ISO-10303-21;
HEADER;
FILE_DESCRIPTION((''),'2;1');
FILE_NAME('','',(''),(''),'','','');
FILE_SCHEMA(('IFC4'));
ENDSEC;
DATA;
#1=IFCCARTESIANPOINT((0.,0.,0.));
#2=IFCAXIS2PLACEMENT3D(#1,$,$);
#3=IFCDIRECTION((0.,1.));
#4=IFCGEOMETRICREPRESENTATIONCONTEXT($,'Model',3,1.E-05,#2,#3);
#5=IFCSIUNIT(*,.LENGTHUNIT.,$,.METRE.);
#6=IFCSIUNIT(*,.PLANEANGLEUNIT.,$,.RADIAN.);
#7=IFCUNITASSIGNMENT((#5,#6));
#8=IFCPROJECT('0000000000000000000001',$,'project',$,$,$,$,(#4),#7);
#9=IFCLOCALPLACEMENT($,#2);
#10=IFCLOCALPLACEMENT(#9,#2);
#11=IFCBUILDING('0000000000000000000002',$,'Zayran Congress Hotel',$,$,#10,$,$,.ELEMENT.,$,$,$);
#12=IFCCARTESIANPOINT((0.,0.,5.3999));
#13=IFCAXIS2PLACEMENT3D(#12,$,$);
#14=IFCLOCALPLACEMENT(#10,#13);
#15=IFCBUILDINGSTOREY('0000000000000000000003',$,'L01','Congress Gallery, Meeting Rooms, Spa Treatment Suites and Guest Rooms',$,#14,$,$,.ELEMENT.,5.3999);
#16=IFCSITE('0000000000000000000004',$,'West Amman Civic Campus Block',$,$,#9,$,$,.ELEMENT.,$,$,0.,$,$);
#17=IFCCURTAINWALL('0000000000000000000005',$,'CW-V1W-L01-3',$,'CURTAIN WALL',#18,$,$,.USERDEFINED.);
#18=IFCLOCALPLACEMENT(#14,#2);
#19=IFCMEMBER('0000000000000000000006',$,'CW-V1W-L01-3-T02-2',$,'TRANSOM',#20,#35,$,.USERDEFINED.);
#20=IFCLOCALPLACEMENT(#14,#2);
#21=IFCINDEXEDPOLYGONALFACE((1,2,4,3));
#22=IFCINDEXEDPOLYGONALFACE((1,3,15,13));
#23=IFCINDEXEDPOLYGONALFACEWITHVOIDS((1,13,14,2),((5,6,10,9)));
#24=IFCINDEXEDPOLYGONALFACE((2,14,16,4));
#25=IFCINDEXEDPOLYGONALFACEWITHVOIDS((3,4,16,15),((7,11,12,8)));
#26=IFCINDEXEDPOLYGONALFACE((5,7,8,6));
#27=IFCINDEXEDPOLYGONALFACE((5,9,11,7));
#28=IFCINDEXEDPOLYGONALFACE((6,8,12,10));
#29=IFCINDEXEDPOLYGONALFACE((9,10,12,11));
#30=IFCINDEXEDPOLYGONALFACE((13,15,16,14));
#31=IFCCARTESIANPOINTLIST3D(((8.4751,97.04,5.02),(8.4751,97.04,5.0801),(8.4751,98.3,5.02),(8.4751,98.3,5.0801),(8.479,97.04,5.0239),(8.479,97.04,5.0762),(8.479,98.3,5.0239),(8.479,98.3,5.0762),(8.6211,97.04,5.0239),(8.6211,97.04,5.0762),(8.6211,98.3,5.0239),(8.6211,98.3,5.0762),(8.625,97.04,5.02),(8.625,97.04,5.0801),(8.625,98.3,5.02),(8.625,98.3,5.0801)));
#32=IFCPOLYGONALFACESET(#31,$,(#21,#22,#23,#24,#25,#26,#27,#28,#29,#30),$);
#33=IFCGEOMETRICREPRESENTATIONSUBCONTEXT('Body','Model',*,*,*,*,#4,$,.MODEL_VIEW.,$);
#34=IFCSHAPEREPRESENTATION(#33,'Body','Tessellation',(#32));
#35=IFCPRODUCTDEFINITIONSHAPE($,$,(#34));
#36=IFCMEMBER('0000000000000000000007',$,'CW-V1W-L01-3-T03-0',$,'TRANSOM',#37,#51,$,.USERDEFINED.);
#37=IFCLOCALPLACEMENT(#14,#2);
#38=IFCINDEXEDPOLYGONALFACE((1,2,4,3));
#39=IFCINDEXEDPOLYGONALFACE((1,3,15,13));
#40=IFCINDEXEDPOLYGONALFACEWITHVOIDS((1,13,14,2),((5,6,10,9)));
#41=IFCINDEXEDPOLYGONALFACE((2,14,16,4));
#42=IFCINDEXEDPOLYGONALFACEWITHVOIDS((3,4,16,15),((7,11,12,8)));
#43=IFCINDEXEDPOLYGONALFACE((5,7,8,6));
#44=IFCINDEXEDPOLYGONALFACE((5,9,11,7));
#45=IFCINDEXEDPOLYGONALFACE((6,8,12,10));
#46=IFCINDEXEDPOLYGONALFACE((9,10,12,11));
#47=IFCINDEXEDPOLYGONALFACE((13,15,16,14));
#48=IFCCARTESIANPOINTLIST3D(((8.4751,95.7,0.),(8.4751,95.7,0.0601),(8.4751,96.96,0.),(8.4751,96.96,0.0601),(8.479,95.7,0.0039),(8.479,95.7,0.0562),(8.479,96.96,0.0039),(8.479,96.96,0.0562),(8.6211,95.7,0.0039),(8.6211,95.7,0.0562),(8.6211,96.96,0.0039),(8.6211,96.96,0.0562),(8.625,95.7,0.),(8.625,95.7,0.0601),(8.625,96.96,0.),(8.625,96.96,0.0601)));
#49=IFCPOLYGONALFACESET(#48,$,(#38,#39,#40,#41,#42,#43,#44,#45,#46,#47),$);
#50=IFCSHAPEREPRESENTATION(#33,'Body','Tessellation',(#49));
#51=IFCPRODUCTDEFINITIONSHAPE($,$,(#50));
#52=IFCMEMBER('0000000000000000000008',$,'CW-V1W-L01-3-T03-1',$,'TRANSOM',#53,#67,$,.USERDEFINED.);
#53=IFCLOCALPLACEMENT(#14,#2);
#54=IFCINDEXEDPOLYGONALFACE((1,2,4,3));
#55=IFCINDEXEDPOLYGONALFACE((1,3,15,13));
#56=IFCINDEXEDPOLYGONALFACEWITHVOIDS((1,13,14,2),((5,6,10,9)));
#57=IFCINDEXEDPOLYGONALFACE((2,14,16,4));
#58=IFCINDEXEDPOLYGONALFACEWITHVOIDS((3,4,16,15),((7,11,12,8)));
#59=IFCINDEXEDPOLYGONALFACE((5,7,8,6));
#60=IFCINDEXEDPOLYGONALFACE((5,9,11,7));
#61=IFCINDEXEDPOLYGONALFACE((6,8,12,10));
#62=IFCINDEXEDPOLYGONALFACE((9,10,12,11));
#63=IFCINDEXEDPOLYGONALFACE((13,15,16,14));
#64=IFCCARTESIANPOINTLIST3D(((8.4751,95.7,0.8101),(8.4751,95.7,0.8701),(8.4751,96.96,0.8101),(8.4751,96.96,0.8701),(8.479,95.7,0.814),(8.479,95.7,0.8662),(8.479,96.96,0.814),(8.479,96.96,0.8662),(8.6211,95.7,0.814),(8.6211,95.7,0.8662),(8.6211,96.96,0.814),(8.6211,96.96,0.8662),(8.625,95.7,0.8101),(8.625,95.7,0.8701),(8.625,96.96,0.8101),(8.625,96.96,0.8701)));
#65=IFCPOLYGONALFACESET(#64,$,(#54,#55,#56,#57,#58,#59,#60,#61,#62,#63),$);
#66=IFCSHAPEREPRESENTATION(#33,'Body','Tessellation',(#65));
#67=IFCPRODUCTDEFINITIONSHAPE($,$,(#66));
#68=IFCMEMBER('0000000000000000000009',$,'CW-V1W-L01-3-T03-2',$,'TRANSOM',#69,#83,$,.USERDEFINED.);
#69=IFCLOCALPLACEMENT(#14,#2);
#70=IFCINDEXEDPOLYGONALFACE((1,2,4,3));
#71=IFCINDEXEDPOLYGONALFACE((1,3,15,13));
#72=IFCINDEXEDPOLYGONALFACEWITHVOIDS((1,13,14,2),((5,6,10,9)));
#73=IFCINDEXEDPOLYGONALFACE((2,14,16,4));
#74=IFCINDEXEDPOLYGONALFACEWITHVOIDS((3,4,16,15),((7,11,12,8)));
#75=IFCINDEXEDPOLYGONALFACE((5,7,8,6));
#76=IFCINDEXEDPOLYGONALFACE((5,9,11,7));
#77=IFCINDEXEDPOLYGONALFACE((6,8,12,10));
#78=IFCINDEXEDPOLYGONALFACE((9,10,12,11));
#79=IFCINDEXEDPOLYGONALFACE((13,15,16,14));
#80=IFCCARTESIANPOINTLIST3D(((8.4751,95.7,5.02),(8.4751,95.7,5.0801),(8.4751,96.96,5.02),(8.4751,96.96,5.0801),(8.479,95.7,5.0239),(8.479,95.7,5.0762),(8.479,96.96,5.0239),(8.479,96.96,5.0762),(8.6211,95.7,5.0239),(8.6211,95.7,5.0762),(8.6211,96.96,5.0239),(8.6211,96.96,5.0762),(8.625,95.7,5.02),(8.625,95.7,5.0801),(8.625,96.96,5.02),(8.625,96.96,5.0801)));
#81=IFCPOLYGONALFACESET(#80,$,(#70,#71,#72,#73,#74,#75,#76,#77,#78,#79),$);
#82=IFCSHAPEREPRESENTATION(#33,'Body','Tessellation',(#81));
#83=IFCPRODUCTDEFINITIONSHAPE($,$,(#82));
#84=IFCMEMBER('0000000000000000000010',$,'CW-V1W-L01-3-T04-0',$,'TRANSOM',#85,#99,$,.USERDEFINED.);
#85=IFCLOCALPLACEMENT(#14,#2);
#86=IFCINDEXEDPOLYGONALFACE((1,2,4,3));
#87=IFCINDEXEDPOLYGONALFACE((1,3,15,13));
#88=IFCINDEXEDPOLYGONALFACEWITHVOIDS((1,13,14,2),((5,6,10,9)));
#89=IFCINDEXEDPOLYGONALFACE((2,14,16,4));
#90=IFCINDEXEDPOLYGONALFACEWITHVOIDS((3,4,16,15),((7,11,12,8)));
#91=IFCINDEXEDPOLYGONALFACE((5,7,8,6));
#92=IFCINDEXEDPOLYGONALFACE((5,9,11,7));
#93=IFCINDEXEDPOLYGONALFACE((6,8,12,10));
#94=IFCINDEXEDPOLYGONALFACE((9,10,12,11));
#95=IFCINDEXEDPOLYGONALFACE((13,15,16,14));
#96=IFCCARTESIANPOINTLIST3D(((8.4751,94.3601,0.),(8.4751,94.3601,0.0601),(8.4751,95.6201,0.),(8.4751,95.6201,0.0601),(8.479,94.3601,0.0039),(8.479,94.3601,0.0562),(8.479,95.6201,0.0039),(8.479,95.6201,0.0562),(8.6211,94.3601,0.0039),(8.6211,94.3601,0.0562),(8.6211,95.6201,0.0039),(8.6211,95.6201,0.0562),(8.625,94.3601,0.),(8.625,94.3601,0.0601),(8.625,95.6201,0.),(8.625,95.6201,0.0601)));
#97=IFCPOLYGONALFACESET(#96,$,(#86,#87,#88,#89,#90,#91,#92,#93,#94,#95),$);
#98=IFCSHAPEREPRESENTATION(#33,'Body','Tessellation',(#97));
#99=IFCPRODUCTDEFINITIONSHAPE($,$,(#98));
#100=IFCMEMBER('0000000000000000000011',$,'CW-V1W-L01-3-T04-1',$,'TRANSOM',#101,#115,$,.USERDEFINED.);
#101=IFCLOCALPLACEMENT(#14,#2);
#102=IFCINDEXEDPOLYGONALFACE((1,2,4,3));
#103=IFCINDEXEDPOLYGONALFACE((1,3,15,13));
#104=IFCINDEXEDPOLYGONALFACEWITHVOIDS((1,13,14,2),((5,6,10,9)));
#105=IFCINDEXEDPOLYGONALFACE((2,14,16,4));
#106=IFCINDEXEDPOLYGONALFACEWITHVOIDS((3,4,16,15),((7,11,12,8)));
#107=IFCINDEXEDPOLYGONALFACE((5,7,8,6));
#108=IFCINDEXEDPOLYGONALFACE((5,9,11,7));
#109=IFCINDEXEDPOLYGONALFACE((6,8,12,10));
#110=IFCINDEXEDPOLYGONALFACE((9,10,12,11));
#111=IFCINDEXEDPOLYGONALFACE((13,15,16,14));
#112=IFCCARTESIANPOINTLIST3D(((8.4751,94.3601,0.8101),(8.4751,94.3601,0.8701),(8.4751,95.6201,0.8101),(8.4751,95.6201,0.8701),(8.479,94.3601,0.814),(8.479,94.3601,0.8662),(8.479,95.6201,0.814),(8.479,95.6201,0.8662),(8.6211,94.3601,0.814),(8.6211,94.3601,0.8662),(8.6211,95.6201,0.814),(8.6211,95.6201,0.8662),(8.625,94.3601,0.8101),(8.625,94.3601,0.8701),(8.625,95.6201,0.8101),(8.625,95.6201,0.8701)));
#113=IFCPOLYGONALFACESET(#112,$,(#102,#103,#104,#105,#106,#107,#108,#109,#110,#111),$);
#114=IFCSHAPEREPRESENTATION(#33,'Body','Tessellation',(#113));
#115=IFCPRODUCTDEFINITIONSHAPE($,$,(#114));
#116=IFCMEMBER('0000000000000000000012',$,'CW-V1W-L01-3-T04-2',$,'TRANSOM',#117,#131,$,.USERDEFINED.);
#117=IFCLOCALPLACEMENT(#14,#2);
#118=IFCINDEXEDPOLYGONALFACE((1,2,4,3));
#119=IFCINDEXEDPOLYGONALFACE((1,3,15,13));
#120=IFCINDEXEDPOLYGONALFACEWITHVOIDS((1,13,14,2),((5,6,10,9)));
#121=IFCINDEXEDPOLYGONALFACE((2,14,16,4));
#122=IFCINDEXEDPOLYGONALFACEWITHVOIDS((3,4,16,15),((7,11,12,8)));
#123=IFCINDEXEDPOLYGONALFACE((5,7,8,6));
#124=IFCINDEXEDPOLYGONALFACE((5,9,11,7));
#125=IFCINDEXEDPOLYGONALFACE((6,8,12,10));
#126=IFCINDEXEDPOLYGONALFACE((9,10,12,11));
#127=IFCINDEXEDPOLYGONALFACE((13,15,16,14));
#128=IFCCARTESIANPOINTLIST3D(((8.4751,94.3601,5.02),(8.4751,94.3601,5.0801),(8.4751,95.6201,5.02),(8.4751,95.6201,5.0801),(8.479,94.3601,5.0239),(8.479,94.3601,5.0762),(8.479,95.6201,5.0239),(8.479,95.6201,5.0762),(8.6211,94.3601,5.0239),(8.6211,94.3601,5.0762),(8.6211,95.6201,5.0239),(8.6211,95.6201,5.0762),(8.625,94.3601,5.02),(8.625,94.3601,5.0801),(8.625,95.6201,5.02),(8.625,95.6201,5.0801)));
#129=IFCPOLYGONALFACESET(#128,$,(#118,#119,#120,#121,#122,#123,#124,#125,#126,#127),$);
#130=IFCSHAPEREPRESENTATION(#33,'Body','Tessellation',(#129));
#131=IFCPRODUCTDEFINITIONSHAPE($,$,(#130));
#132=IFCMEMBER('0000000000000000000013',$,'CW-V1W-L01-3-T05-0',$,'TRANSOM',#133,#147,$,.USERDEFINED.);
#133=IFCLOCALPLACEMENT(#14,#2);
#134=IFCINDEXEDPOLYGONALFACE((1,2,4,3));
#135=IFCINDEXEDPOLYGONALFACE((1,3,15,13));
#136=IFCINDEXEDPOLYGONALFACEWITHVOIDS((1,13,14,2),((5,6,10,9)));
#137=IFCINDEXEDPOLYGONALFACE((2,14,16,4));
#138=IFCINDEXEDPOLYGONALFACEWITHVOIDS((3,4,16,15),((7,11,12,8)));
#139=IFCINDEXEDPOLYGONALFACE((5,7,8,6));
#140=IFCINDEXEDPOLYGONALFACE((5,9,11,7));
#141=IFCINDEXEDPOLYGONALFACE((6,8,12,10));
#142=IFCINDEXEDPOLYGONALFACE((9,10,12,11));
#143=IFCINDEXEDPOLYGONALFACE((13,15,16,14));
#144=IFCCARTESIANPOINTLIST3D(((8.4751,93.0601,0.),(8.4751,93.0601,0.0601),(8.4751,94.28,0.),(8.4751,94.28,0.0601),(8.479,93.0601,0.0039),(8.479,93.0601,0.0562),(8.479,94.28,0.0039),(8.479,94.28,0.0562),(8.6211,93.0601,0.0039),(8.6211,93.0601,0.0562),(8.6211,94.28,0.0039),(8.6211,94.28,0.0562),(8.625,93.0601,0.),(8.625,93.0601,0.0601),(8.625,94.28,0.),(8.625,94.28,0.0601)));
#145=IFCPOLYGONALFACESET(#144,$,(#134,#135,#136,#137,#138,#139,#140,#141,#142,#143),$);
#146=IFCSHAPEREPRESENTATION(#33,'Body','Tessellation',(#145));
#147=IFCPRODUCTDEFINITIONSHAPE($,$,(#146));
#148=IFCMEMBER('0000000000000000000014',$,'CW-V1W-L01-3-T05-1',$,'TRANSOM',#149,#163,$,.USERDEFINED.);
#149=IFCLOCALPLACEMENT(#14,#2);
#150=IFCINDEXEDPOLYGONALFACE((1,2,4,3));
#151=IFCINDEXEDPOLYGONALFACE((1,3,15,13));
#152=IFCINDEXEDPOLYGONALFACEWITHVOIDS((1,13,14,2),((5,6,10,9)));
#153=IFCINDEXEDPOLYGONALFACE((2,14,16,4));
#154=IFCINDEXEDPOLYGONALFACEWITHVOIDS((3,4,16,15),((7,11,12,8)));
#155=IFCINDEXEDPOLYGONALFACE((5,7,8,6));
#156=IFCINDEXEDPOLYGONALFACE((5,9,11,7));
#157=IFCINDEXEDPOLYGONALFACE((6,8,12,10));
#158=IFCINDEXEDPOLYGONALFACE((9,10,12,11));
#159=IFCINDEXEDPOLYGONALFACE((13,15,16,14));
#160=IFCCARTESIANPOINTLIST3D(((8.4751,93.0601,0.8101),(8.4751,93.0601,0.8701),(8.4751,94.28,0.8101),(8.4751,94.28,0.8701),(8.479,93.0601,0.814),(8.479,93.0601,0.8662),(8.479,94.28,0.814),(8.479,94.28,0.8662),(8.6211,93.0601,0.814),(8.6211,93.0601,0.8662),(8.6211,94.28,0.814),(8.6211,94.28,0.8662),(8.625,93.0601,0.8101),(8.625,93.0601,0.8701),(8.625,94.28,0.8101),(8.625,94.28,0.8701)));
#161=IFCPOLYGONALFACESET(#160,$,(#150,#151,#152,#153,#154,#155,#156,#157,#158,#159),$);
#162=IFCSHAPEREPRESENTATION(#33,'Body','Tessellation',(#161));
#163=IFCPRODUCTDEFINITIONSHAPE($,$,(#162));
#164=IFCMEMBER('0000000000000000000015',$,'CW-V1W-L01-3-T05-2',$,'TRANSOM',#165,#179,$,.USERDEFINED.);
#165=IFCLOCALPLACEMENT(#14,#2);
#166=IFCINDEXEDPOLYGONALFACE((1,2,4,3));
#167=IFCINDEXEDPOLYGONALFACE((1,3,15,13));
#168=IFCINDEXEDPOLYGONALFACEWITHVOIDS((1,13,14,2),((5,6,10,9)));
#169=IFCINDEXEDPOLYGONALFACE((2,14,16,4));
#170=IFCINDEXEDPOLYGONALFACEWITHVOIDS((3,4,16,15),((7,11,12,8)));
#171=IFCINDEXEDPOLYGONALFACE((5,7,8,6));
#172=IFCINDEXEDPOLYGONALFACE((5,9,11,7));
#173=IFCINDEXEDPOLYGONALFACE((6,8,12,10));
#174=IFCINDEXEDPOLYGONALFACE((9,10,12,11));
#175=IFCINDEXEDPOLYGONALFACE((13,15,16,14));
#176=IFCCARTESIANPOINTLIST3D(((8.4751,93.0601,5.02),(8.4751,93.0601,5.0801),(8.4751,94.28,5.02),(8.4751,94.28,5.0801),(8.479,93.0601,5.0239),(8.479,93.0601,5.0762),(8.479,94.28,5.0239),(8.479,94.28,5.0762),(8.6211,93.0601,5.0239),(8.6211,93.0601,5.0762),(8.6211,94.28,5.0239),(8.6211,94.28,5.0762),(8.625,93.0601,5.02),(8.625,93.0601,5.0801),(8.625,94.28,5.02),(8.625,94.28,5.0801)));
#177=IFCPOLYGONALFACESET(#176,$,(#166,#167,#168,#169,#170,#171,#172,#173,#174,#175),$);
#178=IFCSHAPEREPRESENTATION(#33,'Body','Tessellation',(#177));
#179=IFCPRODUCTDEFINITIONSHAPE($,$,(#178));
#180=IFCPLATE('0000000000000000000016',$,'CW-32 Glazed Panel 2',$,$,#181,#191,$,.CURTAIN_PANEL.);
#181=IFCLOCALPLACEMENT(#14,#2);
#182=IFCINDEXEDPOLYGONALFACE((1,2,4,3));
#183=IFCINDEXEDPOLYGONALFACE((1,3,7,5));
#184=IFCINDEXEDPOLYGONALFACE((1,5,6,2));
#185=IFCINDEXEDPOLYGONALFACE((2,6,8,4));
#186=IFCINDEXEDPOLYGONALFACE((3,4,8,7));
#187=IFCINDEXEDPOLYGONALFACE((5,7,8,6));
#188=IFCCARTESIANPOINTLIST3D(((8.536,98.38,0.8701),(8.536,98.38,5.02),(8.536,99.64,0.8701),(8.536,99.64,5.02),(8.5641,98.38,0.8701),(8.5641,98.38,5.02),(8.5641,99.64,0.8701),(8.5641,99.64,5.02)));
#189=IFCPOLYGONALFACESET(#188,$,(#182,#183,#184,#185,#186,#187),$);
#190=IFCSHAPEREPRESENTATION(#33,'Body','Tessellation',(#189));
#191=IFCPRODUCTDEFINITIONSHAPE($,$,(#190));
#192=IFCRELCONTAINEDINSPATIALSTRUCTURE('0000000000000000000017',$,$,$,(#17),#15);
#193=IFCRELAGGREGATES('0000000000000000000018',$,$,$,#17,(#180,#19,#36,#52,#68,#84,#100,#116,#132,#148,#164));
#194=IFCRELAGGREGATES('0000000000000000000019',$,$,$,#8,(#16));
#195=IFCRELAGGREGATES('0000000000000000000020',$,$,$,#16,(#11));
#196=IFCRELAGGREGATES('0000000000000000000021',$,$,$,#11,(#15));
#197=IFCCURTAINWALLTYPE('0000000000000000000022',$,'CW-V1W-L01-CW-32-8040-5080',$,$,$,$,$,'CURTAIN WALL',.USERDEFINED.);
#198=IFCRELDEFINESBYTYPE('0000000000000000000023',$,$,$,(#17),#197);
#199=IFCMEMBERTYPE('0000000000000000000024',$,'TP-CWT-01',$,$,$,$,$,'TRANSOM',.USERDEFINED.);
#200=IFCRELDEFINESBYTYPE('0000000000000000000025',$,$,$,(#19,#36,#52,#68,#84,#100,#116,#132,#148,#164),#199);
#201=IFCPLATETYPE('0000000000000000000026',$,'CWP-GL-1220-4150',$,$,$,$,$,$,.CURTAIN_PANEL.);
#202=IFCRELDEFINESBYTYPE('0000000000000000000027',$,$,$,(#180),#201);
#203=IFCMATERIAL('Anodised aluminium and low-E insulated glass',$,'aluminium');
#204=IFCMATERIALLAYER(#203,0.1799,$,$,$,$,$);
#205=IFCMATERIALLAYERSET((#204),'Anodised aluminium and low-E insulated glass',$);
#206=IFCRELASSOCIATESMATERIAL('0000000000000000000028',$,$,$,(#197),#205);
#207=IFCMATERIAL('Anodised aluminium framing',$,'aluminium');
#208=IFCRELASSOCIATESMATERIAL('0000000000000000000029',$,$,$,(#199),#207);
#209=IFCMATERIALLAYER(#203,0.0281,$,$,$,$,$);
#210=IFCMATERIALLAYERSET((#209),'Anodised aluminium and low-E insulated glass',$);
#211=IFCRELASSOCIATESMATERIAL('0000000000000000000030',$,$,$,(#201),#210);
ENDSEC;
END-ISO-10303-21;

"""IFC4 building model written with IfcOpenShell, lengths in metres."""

from ifc_helpers import new_model, si_unit, direction, frame, origin, origin_2d, place, context, subcontext, project, spatial, rectangle, hollow_rectangle, extrude, material, layer, layer_set, material_profile, profile_set, type_object, element, aggregate, save


model = new_model("IFC4")

# Units and contexts
model_context = context("Model", 3, precision=1e-05, world=origin(), true_north=direction((0.0, 1.0)))
body_context = subcontext(model_context, "Body", "Model", "MODEL_VIEW")
ifc_project = project(units=[si_unit("LENGTHUNIT", "METRE"), si_unit("PLANEANGLEUNIT", "RADIAN")], contexts=[model_context])

# Site, building, storey
site_placement = place(None, origin())
site = spatial("IfcSite", under=ifc_project, at=site_placement, Name="West Amman Civic Campus Block", CompositionType="ELEMENT", RefElevation=0.0)
building_placement = place(site_placement, origin())
building = spatial("IfcBuilding", under=site, at=building_placement, Name="Zayran Congress Hotel", CompositionType="ELEMENT")
storey_placement = place(building_placement, frame((0.0, 0.0, 5.3999)))
storey = spatial("IfcBuildingStorey", under=building, at=storey_placement, Name="L01", Description="Congress Gallery, Meeting Rooms, Spa Treatment Suites and Guest Rooms", CompositionType="ELEMENT", Elevation=5.3999)

# Curtain wall, members, plate
ifc_material_1 = material(Name="Anodised aluminium and low-E insulated glass", Category="aluminium")
ifc_layer_1 = layer(ifc_material_1, 0.1799)
ifc_layer_set_1 = layer_set([ifc_layer_1], Name="Anodised aluminium and low-E insulated glass")
curtain_wall_type = type_object("IfcCurtainWallType", Name="CW-V1W-L01-CW-32-8040-5080", ElementType="CURTAIN WALL", PredefinedType="USERDEFINED", material=ifc_layer_set_1)
curtain_wall_placement = place(storey_placement, origin())
curtain_wall = element("IfcCurtainWall", 1, at=curtain_wall_placement, inside=storey, type_object=curtain_wall_type, Name="CW-V1W-L01-3", ObjectType="CURTAIN WALL", PredefinedType="USERDEFINED")
ifc_material_2 = material(Name="Anodised aluminium framing", Category="aluminium")
ifc_material_profile_1 = material_profile(ifc_material_2, hollow_rectangle(XDim=0.0601, YDim=0.1499, WallThickness=0.0039, at=origin_2d()), Name="RHS 150x60x4")
ifc_profile_set_1 = profile_set([ifc_material_profile_1], Name="Anodised aluminium framing")
member_type_1 = type_object("IfcMemberType", Name="TP-CWT-01", ElementType="TRANSOM", PredefinedType="USERDEFINED", material=ifc_profile_set_1)
member_1_placement = place(storey_placement, frame((8.55, 98.3, 5.05), z_axis=(0.0, -1.0, 0.0), x_axis=(0.0, 0.0, 1.0)))
member_1 = element("IfcMember", 2, at=member_1_placement, type_object=member_type_1, Name="CW-V1W-L01-3-T02-2", ObjectType="TRANSOM", PredefinedType="USERDEFINED", context=body_context, shape_type="SweptSolid", body=[
    extrude(hollow_rectangle(XDim=0.0601, YDim=0.1499, WallThickness=0.0039, at=origin_2d()), origin(), (0.0, 0.0, 1.0), 1.26),
])
member_2_placement = place(storey_placement, frame((8.55, 96.96, 0.03), z_axis=(0.0, -1.0, 0.0), x_axis=(0.0, 0.0, 1.0)))
member_2 = element("IfcMember", 3, at=member_2_placement, type_object=member_type_1, Name="CW-V1W-L01-3-T03-0", ObjectType="TRANSOM", PredefinedType="USERDEFINED", context=body_context, shape_type="SweptSolid", body=[
    extrude(hollow_rectangle(XDim=0.0601, YDim=0.1499, WallThickness=0.0039, at=origin_2d()), origin(), (0.0, 0.0, 1.0), 1.26),
])
member_3_placement = place(storey_placement, frame((8.55, 96.96, 0.8401), z_axis=(0.0, -1.0, 0.0), x_axis=(0.0, 0.0, 1.0)))
member_3 = element("IfcMember", 4, at=member_3_placement, type_object=member_type_1, Name="CW-V1W-L01-3-T03-1", ObjectType="TRANSOM", PredefinedType="USERDEFINED", context=body_context, shape_type="SweptSolid", body=[
    extrude(hollow_rectangle(XDim=0.0601, YDim=0.1499, WallThickness=0.0039, at=origin_2d()), origin(), (0.0, 0.0, 1.0), 1.26),
])
member_4_placement = place(storey_placement, frame((8.55, 96.96, 5.05), z_axis=(0.0, -1.0, 0.0), x_axis=(0.0, 0.0, 1.0)))
member_4 = element("IfcMember", 5, at=member_4_placement, type_object=member_type_1, Name="CW-V1W-L01-3-T03-2", ObjectType="TRANSOM", PredefinedType="USERDEFINED", context=body_context, shape_type="SweptSolid", body=[
    extrude(hollow_rectangle(XDim=0.0601, YDim=0.1499, WallThickness=0.0039, at=origin_2d()), origin(), (0.0, 0.0, 1.0), 1.26),
])
member_5_placement = place(storey_placement, frame((8.55, 95.6201, 0.03), z_axis=(0.0, -1.0, 0.0), x_axis=(0.0, 0.0, 1.0)))
member_5 = element("IfcMember", 6, at=member_5_placement, type_object=member_type_1, Name="CW-V1W-L01-3-T04-0", ObjectType="TRANSOM", PredefinedType="USERDEFINED", context=body_context, shape_type="SweptSolid", body=[
    extrude(hollow_rectangle(XDim=0.0601, YDim=0.1499, WallThickness=0.0039, at=origin_2d()), origin(), (0.0, 0.0, 1.0), 1.26),
])
member_6_placement = place(storey_placement, frame((8.55, 95.6201, 0.8401), z_axis=(0.0, -1.0, 0.0), x_axis=(0.0, 0.0, 1.0)))
member_6 = element("IfcMember", 7, at=member_6_placement, type_object=member_type_1, Name="CW-V1W-L01-3-T04-1", ObjectType="TRANSOM", PredefinedType="USERDEFINED", context=body_context, shape_type="SweptSolid", body=[
    extrude(hollow_rectangle(XDim=0.0601, YDim=0.1499, WallThickness=0.0039, at=origin_2d()), origin(), (0.0, 0.0, 1.0), 1.26),
])
member_7_placement = place(storey_placement, frame((8.55, 95.6201, 5.05), z_axis=(0.0, -1.0, 0.0), x_axis=(0.0, 0.0, 1.0)))
member_7 = element("IfcMember", 8, at=member_7_placement, type_object=member_type_1, Name="CW-V1W-L01-3-T04-2", ObjectType="TRANSOM", PredefinedType="USERDEFINED", context=body_context, shape_type="SweptSolid", body=[
    extrude(hollow_rectangle(XDim=0.0601, YDim=0.1499, WallThickness=0.0039, at=origin_2d()), origin(), (0.0, 0.0, 1.0), 1.26),
])
member_8_placement = place(storey_placement, frame((8.55, 94.28, 0.03), z_axis=(0.0, -1.0, 0.0), x_axis=(0.0, 0.0, 1.0)))
member_8 = element("IfcMember", 9, at=member_8_placement, type_object=member_type_1, Name="CW-V1W-L01-3-T05-0", ObjectType="TRANSOM", PredefinedType="USERDEFINED", context=body_context, shape_type="SweptSolid", body=[
    extrude(hollow_rectangle(XDim=0.0601, YDim=0.1499, WallThickness=0.0039, at=origin_2d()), origin(), (0.0, 0.0, 1.0), 1.22),
])
member_9_placement = place(storey_placement, frame((8.55, 94.28, 0.8401), z_axis=(0.0, -1.0, 0.0), x_axis=(0.0, 0.0, 1.0)))
member_9 = element("IfcMember", 10, at=member_9_placement, type_object=member_type_1, Name="CW-V1W-L01-3-T05-1", ObjectType="TRANSOM", PredefinedType="USERDEFINED", context=body_context, shape_type="SweptSolid", body=[
    extrude(hollow_rectangle(XDim=0.0601, YDim=0.1499, WallThickness=0.0039, at=origin_2d()), origin(), (0.0, 0.0, 1.0), 1.22),
])
member_10_placement = place(storey_placement, frame((8.55, 94.28, 5.05), z_axis=(0.0, -1.0, 0.0), x_axis=(0.0, 0.0, 1.0)))
member_10 = element("IfcMember", 11, at=member_10_placement, type_object=member_type_1, Name="CW-V1W-L01-3-T05-2", ObjectType="TRANSOM", PredefinedType="USERDEFINED", context=body_context, shape_type="SweptSolid", body=[
    extrude(hollow_rectangle(XDim=0.0601, YDim=0.1499, WallThickness=0.0039, at=origin_2d()), origin(), (0.0, 0.0, 1.0), 1.22),
])
ifc_layer_2 = layer(ifc_material_1, 0.0281)
ifc_layer_set_2 = layer_set([ifc_layer_2], Name="Anodised aluminium and low-E insulated glass")
plate_type_1 = type_object("IfcPlateType", Name="CWP-GL-1220-4150", PredefinedType="CURTAIN_PANEL", material=ifc_layer_set_2)
plate_1_placement = place(storey_placement, frame((8.55, 99.01, 0.8701), z_axis=(0.0, 0.0, 1.0), x_axis=(0.0, 1.0, 0.0)))
plate_1 = element("IfcPlate", 12, at=plate_1_placement, type_object=plate_type_1, Name="CW-32 Glazed Panel 2", PredefinedType="CURTAIN_PANEL", context=body_context, shape_type="SweptSolid", body=[
    extrude(rectangle(XDim=1.26, YDim=0.0281, at=origin_2d()), origin(), (0.0, 0.0, 1.0), 4.1499),
])
aggregate(curtain_wall, [plate_1, member_1, member_2, member_3, member_4, member_5, member_6, member_7, member_8, member_9, member_10])

save(model, "model.ifc")
